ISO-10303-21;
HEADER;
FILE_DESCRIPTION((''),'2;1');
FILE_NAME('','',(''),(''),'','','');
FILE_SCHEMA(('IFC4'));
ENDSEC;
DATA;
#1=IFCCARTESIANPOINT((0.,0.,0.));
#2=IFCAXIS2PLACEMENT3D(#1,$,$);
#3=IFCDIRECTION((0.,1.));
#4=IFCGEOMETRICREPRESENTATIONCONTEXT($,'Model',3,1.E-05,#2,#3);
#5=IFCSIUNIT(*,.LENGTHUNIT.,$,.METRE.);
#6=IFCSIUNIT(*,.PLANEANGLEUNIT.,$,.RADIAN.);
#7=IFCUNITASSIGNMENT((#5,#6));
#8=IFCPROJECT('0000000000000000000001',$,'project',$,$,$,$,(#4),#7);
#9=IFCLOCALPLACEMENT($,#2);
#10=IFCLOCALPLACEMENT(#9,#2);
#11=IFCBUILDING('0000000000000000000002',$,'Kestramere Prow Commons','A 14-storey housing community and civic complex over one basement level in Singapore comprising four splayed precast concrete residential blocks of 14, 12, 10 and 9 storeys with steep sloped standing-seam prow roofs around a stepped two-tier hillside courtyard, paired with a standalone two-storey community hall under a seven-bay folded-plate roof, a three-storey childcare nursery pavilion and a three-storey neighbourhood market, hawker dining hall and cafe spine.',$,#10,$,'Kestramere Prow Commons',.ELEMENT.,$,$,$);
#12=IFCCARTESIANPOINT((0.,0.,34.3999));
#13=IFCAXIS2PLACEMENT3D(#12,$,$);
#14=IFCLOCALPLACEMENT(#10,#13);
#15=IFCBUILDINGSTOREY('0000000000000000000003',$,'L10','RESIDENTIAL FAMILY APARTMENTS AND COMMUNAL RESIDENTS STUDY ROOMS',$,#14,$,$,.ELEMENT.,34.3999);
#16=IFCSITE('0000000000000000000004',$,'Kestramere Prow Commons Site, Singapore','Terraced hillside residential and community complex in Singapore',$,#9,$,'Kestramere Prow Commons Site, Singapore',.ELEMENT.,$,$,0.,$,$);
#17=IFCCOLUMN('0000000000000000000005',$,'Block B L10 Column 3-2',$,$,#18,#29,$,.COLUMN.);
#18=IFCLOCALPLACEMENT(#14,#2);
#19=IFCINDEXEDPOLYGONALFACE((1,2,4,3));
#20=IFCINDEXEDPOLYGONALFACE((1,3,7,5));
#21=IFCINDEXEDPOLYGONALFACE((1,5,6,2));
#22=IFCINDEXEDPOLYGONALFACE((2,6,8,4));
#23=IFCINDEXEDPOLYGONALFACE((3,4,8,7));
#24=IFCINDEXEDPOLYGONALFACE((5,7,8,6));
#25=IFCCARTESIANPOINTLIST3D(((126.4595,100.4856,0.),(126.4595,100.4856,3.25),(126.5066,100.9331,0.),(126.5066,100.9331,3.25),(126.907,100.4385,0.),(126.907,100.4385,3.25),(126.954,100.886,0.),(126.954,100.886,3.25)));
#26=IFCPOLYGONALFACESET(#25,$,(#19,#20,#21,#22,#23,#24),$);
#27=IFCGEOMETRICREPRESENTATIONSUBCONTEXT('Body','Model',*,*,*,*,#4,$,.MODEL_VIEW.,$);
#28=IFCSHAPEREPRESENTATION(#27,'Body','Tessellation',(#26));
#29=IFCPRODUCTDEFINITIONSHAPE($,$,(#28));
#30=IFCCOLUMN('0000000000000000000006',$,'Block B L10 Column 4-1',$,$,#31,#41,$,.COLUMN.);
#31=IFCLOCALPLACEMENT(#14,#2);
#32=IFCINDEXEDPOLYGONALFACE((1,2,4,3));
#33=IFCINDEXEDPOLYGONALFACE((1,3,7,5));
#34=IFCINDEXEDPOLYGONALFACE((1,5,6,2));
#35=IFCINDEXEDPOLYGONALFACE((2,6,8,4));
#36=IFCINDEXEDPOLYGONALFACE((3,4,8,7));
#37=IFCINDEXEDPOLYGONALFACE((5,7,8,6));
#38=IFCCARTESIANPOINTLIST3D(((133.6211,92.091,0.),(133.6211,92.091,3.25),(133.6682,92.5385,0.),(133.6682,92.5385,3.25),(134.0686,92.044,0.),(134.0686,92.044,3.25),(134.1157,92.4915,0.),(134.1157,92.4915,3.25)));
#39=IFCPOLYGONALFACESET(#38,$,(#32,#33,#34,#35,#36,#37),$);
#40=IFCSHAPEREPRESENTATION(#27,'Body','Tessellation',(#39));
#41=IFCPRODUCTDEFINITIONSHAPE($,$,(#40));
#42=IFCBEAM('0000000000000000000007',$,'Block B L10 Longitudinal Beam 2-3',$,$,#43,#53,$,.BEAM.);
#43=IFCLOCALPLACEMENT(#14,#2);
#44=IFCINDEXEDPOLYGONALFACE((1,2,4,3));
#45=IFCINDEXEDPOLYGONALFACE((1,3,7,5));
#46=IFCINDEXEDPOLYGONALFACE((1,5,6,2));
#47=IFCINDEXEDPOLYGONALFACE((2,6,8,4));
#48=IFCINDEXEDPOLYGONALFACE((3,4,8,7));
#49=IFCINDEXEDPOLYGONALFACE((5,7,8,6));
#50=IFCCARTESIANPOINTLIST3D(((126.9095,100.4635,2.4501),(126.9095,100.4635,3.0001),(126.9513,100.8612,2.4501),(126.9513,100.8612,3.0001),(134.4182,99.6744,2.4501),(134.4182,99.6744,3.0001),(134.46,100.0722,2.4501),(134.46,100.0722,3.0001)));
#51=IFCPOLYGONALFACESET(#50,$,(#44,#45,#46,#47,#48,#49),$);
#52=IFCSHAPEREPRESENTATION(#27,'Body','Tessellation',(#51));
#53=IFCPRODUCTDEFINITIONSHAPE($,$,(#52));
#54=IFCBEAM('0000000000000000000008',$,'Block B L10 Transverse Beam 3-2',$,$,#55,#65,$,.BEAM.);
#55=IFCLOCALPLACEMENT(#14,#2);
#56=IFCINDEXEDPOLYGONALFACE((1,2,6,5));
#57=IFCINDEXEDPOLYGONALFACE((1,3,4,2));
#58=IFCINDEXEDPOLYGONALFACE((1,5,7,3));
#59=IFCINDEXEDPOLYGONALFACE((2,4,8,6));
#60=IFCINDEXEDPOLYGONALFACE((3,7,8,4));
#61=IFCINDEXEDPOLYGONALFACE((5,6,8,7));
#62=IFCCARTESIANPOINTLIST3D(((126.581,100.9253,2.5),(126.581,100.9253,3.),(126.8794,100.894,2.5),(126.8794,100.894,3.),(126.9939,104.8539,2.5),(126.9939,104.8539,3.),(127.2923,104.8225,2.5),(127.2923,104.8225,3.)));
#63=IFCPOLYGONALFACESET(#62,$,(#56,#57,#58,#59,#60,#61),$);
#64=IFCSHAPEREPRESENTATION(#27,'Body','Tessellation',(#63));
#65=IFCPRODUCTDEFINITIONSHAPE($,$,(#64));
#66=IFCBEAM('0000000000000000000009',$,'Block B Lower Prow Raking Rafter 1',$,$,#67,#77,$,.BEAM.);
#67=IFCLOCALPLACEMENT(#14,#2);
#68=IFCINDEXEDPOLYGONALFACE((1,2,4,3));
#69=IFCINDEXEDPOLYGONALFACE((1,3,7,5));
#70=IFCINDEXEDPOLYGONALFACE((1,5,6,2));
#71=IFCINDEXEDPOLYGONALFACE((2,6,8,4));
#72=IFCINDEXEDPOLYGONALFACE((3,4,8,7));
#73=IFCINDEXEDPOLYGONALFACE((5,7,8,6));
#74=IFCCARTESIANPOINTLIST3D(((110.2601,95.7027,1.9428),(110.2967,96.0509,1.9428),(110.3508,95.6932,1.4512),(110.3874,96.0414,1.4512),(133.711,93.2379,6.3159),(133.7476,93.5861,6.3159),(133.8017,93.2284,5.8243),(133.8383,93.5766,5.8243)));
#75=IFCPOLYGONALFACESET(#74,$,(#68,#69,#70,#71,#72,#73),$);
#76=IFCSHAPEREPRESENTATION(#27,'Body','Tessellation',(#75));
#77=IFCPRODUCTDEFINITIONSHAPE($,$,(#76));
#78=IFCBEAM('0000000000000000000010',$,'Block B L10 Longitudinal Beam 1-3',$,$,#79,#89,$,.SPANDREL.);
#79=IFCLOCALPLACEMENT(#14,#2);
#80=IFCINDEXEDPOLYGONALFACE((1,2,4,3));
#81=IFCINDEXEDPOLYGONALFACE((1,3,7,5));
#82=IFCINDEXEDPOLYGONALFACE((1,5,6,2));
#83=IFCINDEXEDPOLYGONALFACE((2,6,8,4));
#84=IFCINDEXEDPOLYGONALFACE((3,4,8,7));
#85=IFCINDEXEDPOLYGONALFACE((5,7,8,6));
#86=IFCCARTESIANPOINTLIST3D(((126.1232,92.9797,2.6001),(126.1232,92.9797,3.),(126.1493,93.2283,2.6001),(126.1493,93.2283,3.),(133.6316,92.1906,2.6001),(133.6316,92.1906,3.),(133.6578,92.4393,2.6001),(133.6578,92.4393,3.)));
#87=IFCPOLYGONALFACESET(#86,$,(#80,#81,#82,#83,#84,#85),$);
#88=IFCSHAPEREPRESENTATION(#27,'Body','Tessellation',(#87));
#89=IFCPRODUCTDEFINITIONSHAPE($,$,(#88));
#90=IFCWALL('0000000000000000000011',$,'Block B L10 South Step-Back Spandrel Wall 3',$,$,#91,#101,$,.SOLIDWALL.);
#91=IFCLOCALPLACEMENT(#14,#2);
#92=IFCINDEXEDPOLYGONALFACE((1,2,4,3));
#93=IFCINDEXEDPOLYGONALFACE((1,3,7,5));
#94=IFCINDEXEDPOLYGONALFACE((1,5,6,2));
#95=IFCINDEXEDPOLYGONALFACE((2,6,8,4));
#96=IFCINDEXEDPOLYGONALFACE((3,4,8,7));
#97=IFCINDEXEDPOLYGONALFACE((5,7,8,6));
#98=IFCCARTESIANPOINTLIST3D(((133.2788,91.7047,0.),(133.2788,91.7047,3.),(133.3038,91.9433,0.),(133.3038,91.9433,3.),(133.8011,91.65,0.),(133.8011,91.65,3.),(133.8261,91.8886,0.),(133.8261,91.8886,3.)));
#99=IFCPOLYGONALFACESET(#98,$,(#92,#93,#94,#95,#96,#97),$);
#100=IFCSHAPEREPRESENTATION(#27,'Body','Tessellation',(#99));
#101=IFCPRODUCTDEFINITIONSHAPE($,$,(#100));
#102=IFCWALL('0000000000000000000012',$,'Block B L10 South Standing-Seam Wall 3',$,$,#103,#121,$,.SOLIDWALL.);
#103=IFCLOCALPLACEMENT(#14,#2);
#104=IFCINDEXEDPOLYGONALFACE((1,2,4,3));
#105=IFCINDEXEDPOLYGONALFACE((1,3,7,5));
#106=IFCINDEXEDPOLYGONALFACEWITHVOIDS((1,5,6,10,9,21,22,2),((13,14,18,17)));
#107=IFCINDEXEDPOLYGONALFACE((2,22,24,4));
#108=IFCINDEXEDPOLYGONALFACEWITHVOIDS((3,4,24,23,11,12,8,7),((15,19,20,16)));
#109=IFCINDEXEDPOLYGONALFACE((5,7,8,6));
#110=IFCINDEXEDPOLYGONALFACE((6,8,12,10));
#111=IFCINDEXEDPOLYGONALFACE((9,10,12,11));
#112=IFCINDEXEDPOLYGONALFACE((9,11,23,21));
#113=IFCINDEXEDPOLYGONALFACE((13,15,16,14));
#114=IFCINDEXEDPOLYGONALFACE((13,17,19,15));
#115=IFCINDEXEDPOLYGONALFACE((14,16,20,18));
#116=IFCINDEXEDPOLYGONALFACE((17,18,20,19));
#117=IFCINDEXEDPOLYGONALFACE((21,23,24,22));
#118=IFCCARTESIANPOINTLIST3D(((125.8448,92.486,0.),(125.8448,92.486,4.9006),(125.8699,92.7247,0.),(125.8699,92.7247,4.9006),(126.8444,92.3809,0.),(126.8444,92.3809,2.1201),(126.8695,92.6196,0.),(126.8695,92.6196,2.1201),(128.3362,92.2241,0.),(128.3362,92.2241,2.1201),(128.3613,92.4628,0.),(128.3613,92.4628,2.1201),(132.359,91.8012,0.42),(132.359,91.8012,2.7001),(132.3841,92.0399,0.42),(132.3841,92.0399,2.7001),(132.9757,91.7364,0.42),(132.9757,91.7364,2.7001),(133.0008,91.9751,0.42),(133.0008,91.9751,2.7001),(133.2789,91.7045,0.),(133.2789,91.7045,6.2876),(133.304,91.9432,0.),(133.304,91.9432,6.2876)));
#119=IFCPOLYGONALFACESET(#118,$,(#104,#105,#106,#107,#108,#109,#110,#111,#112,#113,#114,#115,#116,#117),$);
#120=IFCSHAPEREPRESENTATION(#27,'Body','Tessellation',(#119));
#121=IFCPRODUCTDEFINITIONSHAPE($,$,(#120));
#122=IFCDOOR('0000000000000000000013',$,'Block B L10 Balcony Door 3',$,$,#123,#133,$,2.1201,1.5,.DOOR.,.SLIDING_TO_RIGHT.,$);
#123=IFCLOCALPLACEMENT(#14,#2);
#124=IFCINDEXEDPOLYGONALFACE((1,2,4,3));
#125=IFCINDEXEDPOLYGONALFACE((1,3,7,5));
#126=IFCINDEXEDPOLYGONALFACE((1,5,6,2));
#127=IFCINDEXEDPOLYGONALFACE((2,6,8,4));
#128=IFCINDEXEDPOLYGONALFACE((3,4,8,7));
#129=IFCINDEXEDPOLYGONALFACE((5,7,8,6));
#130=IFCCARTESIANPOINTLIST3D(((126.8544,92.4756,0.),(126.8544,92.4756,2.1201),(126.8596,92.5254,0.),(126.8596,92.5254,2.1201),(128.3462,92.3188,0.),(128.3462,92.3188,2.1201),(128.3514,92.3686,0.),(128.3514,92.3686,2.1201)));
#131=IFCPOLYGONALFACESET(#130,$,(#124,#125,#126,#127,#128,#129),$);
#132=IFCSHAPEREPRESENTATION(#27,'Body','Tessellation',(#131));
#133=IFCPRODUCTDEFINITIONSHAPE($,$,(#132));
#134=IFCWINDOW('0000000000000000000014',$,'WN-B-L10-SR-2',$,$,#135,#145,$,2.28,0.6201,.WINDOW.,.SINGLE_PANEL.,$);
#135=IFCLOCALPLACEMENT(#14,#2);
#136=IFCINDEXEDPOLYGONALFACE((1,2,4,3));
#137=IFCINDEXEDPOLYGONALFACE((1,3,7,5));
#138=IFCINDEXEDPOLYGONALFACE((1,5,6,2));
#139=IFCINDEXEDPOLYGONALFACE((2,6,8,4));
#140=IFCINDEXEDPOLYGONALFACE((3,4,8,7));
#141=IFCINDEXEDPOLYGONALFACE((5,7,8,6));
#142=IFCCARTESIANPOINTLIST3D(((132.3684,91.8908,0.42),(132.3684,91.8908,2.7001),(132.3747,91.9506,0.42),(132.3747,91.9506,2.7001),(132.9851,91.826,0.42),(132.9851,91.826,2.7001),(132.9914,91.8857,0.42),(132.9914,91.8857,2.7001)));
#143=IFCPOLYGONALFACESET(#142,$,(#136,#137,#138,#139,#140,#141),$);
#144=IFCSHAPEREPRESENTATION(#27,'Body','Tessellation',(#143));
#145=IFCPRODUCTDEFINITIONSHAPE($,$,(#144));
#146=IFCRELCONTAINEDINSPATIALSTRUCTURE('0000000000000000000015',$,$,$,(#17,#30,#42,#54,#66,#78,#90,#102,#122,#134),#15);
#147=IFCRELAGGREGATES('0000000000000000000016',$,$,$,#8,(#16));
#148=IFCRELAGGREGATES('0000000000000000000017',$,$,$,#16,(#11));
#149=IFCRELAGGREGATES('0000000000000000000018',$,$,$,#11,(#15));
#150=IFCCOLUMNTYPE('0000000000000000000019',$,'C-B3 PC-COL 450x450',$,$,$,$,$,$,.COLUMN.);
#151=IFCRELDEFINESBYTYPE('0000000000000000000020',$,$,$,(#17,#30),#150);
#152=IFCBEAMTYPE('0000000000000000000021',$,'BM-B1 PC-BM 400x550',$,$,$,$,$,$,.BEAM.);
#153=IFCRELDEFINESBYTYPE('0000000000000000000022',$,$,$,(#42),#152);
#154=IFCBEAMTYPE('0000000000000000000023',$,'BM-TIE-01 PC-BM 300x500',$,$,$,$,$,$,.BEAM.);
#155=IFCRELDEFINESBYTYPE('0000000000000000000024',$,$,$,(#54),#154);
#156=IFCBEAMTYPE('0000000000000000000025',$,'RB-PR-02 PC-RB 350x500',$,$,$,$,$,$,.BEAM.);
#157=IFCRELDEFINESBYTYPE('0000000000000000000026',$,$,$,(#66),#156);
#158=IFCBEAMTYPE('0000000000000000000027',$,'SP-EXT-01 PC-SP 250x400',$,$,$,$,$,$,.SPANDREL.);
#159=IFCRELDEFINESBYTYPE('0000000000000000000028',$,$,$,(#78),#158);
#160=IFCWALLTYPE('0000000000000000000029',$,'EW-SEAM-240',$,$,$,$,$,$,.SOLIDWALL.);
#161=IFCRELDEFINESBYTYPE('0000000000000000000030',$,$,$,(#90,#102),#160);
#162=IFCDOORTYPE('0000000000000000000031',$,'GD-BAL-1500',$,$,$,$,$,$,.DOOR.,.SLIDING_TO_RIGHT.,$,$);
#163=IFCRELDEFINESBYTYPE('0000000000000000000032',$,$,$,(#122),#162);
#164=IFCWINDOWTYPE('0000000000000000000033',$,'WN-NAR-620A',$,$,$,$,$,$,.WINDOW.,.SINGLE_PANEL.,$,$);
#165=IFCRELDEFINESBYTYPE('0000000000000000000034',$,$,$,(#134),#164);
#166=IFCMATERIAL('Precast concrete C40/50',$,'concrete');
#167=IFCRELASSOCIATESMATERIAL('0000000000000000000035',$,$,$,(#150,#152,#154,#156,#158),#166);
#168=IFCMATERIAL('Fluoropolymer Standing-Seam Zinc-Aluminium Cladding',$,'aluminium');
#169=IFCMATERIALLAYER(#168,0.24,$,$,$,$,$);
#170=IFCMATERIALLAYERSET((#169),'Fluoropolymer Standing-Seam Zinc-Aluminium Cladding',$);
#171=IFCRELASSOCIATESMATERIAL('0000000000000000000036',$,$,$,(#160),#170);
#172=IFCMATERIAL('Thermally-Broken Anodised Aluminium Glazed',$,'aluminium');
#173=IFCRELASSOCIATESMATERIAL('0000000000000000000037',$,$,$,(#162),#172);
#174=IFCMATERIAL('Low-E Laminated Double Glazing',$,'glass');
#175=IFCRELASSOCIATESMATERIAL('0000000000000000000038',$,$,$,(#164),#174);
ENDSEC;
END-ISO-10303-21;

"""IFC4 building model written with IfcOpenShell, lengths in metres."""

from ifc_helpers import new_model, si_unit, direction, frame, frame_2d, origin, origin_2d, place, context, subcontext, project, spatial, polyline, rectangle, outline, extrude, material, layer, layer_set, material_profile, profile_set, type_object, element, fill, save


model = new_model("IFC4")

# Units and contexts
model_context = context("Model", 3, precision=1e-05, world=origin(), true_north=direction((0.0, 1.0)))
body_context = subcontext(model_context, "Body", "Model", "MODEL_VIEW")
ifc_project = project(units=[si_unit("LENGTHUNIT", "METRE"), si_unit("PLANEANGLEUNIT", "RADIAN")], contexts=[model_context])

# Site, building, storey
site_placement = place(None, origin())
site = spatial("IfcSite", under=ifc_project, at=site_placement, Name="Kestramere Prow Commons Site, Singapore", Description="Terraced hillside residential and community complex in Singapore", LongName="Kestramere Prow Commons Site, Singapore", CompositionType="ELEMENT", RefElevation=0.0)
building_placement = place(site_placement, origin())
building = spatial("IfcBuilding", under=site, at=building_placement, Name="Kestramere Prow Commons", Description="A 14-storey housing community and civic complex over one basement level in Singapore comprising four splayed precast concrete residential blocks of 14, 12, 10 and 9 storeys with steep sloped standing-seam prow roofs around a stepped two-tier hillside courtyard, paired with a standalone two-storey community hall under a seven-bay folded-plate roof, a three-storey childcare nursery pavilion and a three-storey neighbourhood market, hawker dining hall and cafe spine.", LongName="Kestramere Prow Commons", CompositionType="ELEMENT")
storey_placement = place(building_placement, frame((0.0, 0.0, 34.3999)))
storey = spatial("IfcBuildingStorey", under=building, at=storey_placement, Name="L10", Description="RESIDENTIAL FAMILY APARTMENTS AND COMMUNAL RESIDENTS STUDY ROOMS", CompositionType="ELEMENT", Elevation=34.3999)

# Columns
ifc_material_1 = material(Name="Precast concrete C40/50", Category="concrete")
ifc_material_profile_1 = material_profile(ifc_material_1, rectangle(XDim=0.45, YDim=0.45, at=origin_2d()), Name="PC-COL 450x450")
ifc_profile_set_1 = profile_set([ifc_material_profile_1], Name="Precast concrete C40/50")
column_type = type_object("IfcColumnType", Name="C-B3 PC-COL 450x450", PredefinedType="COLUMN", material=ifc_profile_set_1)
for number, where, z_axis, x_axis, name in (
    (1, (126.7068, 100.6858, 0.0), (0.0, 0.0, 1.0), (0.994522, -0.104528, 0.0), "Block B L10 Column 3-2"),
    (2, (133.8684, 92.2913, 0.0), (0.0, 0.0, 1.0), (0.994522, -0.104528, 0.0), "Block B L10 Column 4-1"),
):
    element("IfcColumn", number, at=place(storey_placement, frame(where, z_axis=z_axis, x_axis=x_axis)), inside=storey, type_object=column_type, Name=name, PredefinedType="COLUMN", context=body_context, shape_type="SweptSolid", body=[
        extrude(rectangle(XDim=0.45, YDim=0.45, at=origin_2d()), origin(), (0.0, 0.0, 1.0), 3.25),
    ])

# Beams
ifc_material_profile_2 = material_profile(ifc_material_1, rectangle(XDim=0.3999, YDim=0.55, at=origin_2d()), Name="PC-BM 400x550")
ifc_profile_set_2 = profile_set([ifc_material_profile_2], Name="Precast concrete C40/50")
beam_type_1 = type_object("IfcBeamType", Name="BM-B1 PC-BM 400x550", PredefinedType="BEAM", material=ifc_profile_set_2)
beam_1_placement = place(storey_placement, frame((126.9304, 100.6624, 2.7251), z_axis=(0.994524, -0.10451, 0.0), x_axis=(0.10451, 0.994524, 0.0)))
element("IfcBeam", 3, at=beam_1_placement, inside=storey, type_object=beam_type_1, Name="Block B L10 Longitudinal Beam 2-3", PredefinedType="BEAM", context=body_context, shape_type="SweptSolid", body=[
    extrude(rectangle(XDim=0.3999, YDim=0.55, at=origin_2d()), origin(), (0.0, 0.0, 1.0), 7.55),
])
ifc_material_profile_3 = material_profile(ifc_material_1, rectangle(XDim=0.3, YDim=0.5, at=origin_2d()), Name="PC-BM 300x500")
ifc_profile_set_3 = profile_set([ifc_material_profile_3], Name="Precast concrete C40/50")
beam_type_2 = type_object("IfcBeamType", Name="BM-TIE-01 PC-BM 300x500", PredefinedType="BEAM", material=ifc_profile_set_3)
beam_2_placement = place(storey_placement, frame((126.7302, 100.9097, 2.75), z_axis=(0.104514, 0.994523, 0.0), x_axis=(-0.994523, 0.104514, 0.0)))
element("IfcBeam", 4, at=beam_2_placement, inside=storey, type_object=beam_type_2, Name="Block B L10 Transverse Beam 3-2", PredefinedType="BEAM", context=body_context, shape_type="SweptSolid", body=[
    extrude(rectangle(XDim=0.3, YDim=0.5, at=origin_2d()), origin(), (0.0, 0.0, 1.0), 3.9502),
])
ifc_material_profile_4 = material_profile(ifc_material_1, rectangle(XDim=0.3501, YDim=0.5, at=origin_2d()), Name="PC-RB 350x500")
ifc_profile_set_4 = profile_set([ifc_material_profile_4], Name="Precast concrete C40/50")
beam_type_3 = type_object("IfcBeamType", Name="RB-PR-02 PC-RB 350x500", PredefinedType="BEAM", material=ifc_profile_set_4)
beam_3_placement = place(storey_placement, frame((133.7747, 93.4072, 6.0701), z_axis=(-0.977848, 0.102778, -0.182346), x_axis=(-0.104531, -0.994522, 0.0)))
element("IfcBeam", 5, at=beam_3_placement, inside=storey, type_object=beam_type_3, Name="Block B Lower Prow Raking Rafter 1", PredefinedType="BEAM", context=body_context, shape_type="SweptSolid", body=[
    extrude(rectangle(XDim=0.3501, YDim=0.5, at=origin_2d()), origin(), (0.0, 0.0, 1.0), 23.9822),
])
ifc_material_profile_5 = material_profile(ifc_material_1, rectangle(XDim=0.25, YDim=0.3999, at=origin_2d()), Name="PC-SP 250x400")
ifc_profile_set_5 = profile_set([ifc_material_profile_5], Name="Precast concrete C40/50")
beam_type_4 = type_object("IfcBeamType", Name="SP-EXT-01 PC-SP 250x400", PredefinedType="SPANDREL", material=ifc_profile_set_5)
beam_4_placement = place(storey_placement, frame((126.1362, 93.104, 2.8), z_axis=(0.994524, -0.104513, 0.0), x_axis=(0.104513, 0.994524, 0.0)))
element("IfcBeam", 6, at=beam_4_placement, inside=storey, type_object=beam_type_4, Name="Block B L10 Longitudinal Beam 1-3", PredefinedType="SPANDREL", context=body_context, shape_type="SweptSolid", body=[
    extrude(rectangle(XDim=0.25, YDim=0.3999, at=origin_2d()), origin(), (0.0, 0.0, 1.0), 7.5498),
])

# Wall
ifc_material_2 = material(Name="Fluoropolymer Standing-Seam Zinc-Aluminium Cladding", Category="aluminium")
ifc_layer_1 = layer(ifc_material_2, 0.24)
ifc_layer_set_1 = layer_set([ifc_layer_1], Name="Fluoropolymer Standing-Seam Zinc-Aluminium Cladding")
wall_type_1 = type_object("IfcWallType", Name="EW-SEAM-240", PredefinedType="SOLIDWALL", material=ifc_layer_set_1)
wall_1_placement = place(storey_placement, frame((133.8137, 91.7693, 0.0), z_axis=(0.0, 0.0, 1.0), x_axis=(-0.994561, 0.104152, 0.0)))
element("IfcWall", 7, at=wall_1_placement, inside=storey, type_object=wall_type_1, Name="Block B L10 South Step-Back Spandrel Wall 3", PredefinedType="SOLIDWALL", context=body_context, shape_type="SweptSolid", body=[
    extrude(rectangle(XDim=0.5251, YDim=0.24, at=frame_2d((0.2627, 0.0))), origin(), (0.0, 0.0, 1.0), 3.0),
])

# Wall, openings, door, window
wall_2_placement = place(storey_placement, frame((133.2915, 91.824, 0.0), z_axis=(0.0, 0.0, 1.0), x_axis=(-0.99452, 0.104547, 0.0)))
wall_2 = element("IfcWall", 8, at=wall_2_placement, inside=storey, type_object=wall_type_1, Name="Block B L10 South Standing-Seam Wall 3", PredefinedType="SOLIDWALL", context=body_context, shape_type="SweptSolid", body=[
    extrude(outline(polyline([(0.0, 0.0), (7.4751, 0.0), (7.4751, 4.9006), (0.0, 6.2876), (0.0, 0.0)])), frame((0.0, 0.1201, 0.0), z_axis=(0.0, -1.0, 0.0), x_axis=(1.0, 0.0, 0.0)), (0.0, 0.0, 1.0), 0.24),
])
opening_1_placement = place(wall_2_placement, frame((4.97, 0.0, 0.0)))
opening_1 = element("IfcOpeningElement", 9, at=opening_1_placement, cuts=wall_2, PredefinedType="OPENING", context=body_context, shape_type="SweptSolid", body=[
    extrude(rectangle(XDim=1.5, YDim=2.1201, at=frame_2d((0.75, 1.0601))), frame((0.0, 0.135, 0.0), z_axis=(0.0, -1.0, 0.0), x_axis=(1.0, 0.0, 0.0)), (0.0, 0.0, 1.0), 0.27),
])
opening_2_placement = place(wall_2_placement, frame((0.3049, 0.0, 0.4199)))
opening_2 = element("IfcOpeningElement", 10, at=opening_2_placement, cuts=wall_2, PredefinedType="OPENING", context=body_context, shape_type="SweptSolid", body=[
    extrude(rectangle(XDim=0.6201, YDim=2.28, at=frame_2d((0.3101, 1.1401))), frame((0.0, 0.135, 0.0), z_axis=(0.0, -1.0, 0.0), x_axis=(1.0, 0.0, 0.0)), (0.0, 0.0, 1.0), 0.27),
])
ifc_material_3 = material(Name="Thermally-Broken Anodised Aluminium Glazed", Category="aluminium")
door_type_1 = type_object("IfcDoorType", Name="GD-BAL-1500", OperationType="SLIDING_TO_RIGHT", PredefinedType="DOOR", material=ifc_material_3)
door_1_placement = place(opening_1_placement, origin())
door_1 = element("IfcDoor", 11, at=door_1_placement, inside=storey, type_object=door_type_1, Name="Block B L10 Balcony Door 3", OperationType="SLIDING_TO_RIGHT", OverallHeight=2.1201, OverallWidth=1.5, PredefinedType="DOOR", context=body_context, shape_type="SweptSolid", body=[
    extrude(rectangle(XDim=1.5, YDim=2.1201, at=frame_2d((0.75, 1.0601))), frame((0.0, 0.0249, 0.0), z_axis=(0.0, -1.0, 0.0), x_axis=(1.0, 0.0, 0.0)), (0.0, 0.0, 1.0), 0.05),
])
fill(opening_1, door_1)
ifc_material_4 = material(Name="Low-E Laminated Double Glazing", Category="glass")
window_type = type_object("IfcWindowType", Name="WN-NAR-620A", PartitioningType="SINGLE_PANEL", PredefinedType="WINDOW", material=ifc_material_4)
window_placement = place(opening_2_placement, origin())
window = element("IfcWindow", 12, at=window_placement, inside=storey, type_object=window_type, Name="WN-B-L10-SR-2", OverallHeight=2.28, OverallWidth=0.6201, PartitioningType="SINGLE_PANEL", PredefinedType="WINDOW", context=body_context, shape_type="SweptSolid", body=[
    extrude(rectangle(XDim=0.6201, YDim=2.28, at=frame_2d((0.3101, 1.1401))), frame((0.0, 0.03, 0.0), z_axis=(0.0, -1.0, 0.0), x_axis=(1.0, 0.0, 0.0)), (0.0, 0.0, 1.0), 0.0601),
])
fill(opening_2, window)

save(model, "model.ifc")
